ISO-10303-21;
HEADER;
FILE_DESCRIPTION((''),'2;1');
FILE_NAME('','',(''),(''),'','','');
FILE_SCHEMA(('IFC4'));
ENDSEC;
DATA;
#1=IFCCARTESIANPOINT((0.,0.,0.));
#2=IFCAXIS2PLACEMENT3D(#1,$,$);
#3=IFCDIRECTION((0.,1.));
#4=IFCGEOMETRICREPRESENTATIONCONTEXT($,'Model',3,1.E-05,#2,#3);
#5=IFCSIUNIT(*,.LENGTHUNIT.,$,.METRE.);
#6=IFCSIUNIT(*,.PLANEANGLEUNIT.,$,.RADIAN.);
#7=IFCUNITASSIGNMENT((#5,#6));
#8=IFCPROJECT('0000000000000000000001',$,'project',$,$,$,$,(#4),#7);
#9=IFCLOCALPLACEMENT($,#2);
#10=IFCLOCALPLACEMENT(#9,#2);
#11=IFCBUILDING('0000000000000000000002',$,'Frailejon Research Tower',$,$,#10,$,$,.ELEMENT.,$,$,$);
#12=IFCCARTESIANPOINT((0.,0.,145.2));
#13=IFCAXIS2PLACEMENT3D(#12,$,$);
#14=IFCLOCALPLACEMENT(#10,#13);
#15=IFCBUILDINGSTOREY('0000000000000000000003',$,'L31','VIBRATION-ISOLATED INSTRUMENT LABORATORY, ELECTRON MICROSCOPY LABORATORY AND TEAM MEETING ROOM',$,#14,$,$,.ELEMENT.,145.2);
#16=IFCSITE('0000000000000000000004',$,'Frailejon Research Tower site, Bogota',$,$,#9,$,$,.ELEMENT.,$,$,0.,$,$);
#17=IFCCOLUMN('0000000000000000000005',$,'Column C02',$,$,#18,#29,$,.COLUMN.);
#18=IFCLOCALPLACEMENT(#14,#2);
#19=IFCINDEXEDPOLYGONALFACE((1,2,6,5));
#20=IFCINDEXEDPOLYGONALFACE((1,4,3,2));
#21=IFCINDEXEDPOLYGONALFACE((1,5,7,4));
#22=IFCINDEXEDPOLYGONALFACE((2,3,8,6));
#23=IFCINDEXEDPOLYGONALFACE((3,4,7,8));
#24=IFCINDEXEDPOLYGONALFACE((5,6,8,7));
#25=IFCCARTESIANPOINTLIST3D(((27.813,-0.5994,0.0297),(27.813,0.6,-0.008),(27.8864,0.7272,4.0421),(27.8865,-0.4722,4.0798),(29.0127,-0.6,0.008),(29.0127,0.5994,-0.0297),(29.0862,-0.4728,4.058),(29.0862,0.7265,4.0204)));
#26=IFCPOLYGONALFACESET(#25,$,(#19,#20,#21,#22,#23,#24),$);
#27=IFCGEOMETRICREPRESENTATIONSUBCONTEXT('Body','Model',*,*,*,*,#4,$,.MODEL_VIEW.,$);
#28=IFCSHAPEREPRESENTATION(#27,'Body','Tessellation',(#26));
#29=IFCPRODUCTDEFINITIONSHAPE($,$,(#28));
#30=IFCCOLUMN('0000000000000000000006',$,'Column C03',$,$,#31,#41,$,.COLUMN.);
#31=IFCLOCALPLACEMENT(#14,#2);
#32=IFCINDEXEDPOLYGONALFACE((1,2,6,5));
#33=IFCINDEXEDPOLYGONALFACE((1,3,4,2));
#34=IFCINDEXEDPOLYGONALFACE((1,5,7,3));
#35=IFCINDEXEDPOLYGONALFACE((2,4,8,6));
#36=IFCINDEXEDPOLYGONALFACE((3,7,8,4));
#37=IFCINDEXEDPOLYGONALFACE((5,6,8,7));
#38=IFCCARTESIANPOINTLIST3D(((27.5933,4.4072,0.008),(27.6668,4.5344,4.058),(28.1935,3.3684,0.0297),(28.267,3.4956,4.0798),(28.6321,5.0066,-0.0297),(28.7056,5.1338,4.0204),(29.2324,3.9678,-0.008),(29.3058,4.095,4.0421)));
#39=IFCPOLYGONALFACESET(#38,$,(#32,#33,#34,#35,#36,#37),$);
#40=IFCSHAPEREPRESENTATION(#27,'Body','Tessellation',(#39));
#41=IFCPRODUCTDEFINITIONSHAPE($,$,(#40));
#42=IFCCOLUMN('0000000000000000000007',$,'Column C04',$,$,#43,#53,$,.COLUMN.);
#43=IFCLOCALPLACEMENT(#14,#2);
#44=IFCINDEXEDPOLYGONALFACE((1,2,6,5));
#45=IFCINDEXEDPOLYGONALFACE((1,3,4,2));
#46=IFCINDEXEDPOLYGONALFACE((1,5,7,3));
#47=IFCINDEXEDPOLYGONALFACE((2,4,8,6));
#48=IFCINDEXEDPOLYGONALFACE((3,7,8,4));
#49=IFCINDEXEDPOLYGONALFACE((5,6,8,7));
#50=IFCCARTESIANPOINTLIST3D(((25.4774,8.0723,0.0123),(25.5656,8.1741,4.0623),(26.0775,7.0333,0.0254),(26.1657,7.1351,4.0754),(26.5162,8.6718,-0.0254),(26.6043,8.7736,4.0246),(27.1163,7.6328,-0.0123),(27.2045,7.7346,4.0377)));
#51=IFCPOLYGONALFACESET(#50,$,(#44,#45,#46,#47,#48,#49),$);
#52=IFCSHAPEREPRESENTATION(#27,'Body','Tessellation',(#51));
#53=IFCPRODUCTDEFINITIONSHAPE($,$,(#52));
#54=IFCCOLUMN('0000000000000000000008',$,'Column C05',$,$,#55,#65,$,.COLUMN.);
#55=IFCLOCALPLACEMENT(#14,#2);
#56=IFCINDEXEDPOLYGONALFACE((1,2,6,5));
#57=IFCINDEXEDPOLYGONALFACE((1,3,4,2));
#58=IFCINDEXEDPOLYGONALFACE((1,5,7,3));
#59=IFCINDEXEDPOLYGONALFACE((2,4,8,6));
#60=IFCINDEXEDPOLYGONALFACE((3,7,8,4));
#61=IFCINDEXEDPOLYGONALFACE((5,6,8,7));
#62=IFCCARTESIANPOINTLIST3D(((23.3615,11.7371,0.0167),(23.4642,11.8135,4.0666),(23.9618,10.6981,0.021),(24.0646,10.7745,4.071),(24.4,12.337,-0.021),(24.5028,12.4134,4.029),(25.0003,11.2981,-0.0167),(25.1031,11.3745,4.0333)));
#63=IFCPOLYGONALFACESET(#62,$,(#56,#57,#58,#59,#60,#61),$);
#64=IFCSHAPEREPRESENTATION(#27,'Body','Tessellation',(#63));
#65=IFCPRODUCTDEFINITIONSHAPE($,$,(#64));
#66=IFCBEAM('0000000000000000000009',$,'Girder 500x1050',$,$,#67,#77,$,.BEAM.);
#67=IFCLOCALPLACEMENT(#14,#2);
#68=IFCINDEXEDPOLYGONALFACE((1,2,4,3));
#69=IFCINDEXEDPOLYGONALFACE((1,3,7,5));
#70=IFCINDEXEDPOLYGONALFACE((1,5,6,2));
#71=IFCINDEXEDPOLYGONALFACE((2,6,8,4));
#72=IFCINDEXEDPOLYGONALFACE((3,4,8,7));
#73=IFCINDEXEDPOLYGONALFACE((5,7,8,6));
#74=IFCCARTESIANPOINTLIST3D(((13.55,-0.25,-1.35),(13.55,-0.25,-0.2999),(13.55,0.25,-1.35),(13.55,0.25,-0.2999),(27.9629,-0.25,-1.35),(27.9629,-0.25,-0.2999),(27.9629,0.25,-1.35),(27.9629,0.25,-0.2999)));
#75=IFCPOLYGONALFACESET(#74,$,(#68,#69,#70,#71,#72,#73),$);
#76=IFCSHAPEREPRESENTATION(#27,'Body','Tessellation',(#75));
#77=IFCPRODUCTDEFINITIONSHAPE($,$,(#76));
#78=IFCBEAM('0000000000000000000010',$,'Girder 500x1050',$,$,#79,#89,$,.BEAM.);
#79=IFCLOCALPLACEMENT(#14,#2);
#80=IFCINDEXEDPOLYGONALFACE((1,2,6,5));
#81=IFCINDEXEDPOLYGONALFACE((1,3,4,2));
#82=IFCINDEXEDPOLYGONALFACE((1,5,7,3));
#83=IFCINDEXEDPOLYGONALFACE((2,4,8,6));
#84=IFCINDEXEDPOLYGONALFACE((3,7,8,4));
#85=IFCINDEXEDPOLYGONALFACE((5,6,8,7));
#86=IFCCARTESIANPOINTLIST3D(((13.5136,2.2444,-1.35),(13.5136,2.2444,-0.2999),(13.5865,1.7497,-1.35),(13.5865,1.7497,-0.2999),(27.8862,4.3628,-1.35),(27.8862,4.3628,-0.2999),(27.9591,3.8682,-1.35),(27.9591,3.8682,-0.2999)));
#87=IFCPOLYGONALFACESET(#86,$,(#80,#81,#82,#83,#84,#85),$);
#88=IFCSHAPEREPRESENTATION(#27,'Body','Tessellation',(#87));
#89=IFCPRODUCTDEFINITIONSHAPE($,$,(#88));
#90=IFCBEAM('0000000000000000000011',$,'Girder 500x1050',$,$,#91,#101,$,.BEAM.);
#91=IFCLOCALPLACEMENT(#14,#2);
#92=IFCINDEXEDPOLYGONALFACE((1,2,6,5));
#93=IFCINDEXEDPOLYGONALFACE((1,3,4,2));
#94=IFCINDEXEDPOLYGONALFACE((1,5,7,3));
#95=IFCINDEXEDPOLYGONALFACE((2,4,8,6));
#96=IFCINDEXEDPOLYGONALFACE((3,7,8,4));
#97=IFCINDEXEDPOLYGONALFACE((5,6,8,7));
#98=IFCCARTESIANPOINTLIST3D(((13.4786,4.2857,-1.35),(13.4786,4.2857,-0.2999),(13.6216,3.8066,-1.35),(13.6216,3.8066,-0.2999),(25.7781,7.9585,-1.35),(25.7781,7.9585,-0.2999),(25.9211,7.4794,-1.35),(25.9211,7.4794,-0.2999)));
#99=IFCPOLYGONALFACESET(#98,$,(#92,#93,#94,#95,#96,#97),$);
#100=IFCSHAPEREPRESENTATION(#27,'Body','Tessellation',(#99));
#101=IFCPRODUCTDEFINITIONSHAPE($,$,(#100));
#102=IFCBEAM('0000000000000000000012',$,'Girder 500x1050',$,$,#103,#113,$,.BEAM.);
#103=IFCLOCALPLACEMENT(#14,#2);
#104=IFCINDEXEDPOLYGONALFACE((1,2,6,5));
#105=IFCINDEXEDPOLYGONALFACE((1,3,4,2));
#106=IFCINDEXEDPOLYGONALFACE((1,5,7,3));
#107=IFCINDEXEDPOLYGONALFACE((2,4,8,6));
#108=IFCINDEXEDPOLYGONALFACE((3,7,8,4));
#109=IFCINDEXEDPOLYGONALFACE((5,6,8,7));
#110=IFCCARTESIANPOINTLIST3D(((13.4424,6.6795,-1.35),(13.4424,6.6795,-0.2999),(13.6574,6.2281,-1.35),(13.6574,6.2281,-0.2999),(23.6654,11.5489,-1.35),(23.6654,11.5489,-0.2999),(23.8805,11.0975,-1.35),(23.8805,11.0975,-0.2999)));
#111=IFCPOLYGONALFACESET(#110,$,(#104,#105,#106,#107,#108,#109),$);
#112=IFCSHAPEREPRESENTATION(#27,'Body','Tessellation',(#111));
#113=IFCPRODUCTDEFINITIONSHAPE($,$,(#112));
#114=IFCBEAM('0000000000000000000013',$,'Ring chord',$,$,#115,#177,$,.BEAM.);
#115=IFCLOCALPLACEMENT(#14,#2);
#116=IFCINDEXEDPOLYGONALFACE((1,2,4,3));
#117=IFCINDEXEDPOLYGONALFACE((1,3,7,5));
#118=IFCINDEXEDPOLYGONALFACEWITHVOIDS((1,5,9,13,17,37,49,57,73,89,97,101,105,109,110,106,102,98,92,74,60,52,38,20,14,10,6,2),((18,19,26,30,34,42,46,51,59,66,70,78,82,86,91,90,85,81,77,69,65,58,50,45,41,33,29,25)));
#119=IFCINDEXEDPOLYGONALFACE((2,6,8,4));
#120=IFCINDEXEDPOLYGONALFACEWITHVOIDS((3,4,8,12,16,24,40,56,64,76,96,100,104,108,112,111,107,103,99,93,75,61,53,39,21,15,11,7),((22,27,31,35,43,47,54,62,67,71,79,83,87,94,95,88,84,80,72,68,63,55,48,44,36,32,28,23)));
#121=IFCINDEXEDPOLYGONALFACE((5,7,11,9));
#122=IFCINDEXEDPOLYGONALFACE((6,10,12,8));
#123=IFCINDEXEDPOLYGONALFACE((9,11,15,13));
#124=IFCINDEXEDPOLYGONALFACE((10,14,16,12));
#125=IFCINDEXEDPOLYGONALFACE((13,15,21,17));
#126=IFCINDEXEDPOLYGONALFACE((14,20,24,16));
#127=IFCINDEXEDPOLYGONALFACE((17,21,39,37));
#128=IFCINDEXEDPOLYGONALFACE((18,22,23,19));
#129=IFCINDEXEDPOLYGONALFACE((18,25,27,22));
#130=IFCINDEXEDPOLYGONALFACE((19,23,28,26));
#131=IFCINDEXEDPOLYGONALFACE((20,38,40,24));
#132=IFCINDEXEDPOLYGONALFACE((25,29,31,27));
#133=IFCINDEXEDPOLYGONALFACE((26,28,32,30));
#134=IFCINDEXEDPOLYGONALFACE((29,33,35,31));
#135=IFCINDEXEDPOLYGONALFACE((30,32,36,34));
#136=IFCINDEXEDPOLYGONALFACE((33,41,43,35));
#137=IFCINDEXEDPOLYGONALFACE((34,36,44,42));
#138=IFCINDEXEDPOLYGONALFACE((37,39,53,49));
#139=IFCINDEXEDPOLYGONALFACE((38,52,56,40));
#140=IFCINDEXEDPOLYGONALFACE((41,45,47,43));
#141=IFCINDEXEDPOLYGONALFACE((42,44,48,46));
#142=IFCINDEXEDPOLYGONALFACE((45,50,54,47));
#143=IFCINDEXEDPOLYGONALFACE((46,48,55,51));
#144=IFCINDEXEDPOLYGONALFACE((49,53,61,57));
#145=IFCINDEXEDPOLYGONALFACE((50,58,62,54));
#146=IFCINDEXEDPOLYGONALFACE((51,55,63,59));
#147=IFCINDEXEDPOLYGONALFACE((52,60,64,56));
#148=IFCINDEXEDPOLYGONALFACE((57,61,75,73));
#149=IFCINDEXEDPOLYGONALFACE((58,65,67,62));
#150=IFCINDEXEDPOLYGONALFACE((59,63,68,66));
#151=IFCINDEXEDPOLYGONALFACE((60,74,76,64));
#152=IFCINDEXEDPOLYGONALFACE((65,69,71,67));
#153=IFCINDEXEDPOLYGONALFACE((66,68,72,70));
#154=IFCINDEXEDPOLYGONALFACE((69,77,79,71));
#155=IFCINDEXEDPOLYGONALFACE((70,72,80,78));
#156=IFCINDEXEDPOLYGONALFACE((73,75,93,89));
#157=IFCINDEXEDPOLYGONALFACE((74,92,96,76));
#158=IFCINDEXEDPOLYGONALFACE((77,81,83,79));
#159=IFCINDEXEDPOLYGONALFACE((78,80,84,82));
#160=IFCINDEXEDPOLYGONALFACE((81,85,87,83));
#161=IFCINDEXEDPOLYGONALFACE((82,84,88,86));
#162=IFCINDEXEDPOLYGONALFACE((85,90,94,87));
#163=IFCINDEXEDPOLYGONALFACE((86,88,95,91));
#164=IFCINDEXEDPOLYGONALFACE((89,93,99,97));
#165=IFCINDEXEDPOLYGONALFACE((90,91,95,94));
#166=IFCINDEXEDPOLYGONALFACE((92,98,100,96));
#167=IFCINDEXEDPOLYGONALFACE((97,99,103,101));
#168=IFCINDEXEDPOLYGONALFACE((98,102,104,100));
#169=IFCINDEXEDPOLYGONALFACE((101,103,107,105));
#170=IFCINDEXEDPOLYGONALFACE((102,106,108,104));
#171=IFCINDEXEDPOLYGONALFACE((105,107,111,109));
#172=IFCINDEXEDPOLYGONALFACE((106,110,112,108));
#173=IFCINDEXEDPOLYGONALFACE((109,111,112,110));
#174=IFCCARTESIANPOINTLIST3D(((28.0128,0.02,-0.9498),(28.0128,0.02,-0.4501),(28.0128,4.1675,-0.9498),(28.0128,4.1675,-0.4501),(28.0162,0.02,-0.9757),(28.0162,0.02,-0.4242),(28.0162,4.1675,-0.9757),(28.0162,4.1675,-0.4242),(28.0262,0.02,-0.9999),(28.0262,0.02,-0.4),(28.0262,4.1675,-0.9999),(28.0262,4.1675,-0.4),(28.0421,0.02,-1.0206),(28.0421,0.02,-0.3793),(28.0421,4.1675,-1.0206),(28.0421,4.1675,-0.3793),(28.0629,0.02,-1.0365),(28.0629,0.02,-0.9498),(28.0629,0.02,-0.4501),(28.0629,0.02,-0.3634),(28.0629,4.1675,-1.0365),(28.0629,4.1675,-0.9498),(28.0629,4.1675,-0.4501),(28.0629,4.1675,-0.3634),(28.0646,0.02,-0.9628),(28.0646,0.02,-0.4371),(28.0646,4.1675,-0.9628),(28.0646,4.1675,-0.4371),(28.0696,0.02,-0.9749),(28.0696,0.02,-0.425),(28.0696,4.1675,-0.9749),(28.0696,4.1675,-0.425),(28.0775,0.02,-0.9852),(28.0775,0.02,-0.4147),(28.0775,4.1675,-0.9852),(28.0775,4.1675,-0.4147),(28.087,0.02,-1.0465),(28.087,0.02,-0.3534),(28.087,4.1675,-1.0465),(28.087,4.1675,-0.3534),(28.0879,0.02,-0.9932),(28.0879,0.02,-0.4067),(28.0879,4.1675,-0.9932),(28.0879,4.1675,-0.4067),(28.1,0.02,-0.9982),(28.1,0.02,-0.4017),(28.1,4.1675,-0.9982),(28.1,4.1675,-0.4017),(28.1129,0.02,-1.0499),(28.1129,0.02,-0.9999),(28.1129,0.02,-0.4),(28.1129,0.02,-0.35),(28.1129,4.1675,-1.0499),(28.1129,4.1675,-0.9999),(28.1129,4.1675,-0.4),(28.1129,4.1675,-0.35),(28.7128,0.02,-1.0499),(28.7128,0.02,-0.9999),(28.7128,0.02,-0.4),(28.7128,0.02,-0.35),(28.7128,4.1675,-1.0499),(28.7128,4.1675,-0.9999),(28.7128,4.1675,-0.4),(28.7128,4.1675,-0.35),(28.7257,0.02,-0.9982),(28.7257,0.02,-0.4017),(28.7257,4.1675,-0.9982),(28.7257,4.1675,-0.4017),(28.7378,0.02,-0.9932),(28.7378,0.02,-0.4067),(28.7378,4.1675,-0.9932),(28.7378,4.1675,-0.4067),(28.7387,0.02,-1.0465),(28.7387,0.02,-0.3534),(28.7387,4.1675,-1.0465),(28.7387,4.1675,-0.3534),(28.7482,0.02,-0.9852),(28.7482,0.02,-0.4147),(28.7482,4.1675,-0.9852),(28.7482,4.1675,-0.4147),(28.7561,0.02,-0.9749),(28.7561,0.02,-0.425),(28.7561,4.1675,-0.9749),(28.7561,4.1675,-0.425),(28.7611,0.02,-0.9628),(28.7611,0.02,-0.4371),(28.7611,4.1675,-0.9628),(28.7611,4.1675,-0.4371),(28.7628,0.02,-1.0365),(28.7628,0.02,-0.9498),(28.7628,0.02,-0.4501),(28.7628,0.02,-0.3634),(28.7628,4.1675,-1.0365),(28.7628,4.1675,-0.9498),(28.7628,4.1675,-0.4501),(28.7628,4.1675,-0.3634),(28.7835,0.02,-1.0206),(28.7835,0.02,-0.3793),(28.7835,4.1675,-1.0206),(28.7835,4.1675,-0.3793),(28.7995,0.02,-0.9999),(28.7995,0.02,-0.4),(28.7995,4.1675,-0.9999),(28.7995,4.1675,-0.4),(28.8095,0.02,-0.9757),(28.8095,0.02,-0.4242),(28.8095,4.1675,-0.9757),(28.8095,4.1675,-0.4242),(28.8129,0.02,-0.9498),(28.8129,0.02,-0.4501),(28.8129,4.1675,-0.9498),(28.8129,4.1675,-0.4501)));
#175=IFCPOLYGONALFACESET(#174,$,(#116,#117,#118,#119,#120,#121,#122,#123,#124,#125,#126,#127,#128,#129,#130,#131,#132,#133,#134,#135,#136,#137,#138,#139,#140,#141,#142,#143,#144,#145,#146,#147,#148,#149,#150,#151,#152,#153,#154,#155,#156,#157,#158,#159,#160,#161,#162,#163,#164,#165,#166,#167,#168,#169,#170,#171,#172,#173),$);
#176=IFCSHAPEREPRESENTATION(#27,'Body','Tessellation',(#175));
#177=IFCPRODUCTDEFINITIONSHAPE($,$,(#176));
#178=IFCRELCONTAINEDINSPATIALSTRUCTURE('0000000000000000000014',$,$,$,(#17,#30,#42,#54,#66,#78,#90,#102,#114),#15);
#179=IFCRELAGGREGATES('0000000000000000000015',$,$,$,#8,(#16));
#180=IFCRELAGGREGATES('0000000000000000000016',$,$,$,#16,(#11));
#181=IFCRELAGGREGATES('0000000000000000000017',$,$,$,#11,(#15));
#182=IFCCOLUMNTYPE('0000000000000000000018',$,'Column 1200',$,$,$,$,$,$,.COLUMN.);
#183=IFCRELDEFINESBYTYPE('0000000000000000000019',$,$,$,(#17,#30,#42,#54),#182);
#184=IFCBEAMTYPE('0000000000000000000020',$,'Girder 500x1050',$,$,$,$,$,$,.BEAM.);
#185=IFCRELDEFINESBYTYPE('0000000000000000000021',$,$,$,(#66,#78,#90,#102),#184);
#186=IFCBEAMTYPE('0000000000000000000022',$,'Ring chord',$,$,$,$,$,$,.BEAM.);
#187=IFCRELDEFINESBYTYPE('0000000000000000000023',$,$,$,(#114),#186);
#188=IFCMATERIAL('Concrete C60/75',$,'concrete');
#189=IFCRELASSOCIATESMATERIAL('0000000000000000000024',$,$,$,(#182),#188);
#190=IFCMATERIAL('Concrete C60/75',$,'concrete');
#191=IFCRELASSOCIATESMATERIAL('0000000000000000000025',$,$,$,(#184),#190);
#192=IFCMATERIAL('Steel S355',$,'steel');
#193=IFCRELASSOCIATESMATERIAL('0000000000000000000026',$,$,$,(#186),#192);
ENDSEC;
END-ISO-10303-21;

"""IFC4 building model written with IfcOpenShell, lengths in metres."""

from ifc_helpers import new_model, si_unit, direction, frame, origin, origin_2d, place, context, subcontext, project, spatial, rectangle, hollow_rectangle, extrude, material, material_profile, profile_set, type_object, element, save


model = new_model("IFC4")

# Units and contexts
model_context = context("Model", 3, precision=1e-05, world=origin(), true_north=direction((0.0, 1.0)))
body_context = subcontext(model_context, "Body", "Model", "MODEL_VIEW")
ifc_project = project(units=[si_unit("LENGTHUNIT", "METRE"), si_unit("PLANEANGLEUNIT", "RADIAN")], contexts=[model_context])

# Site, building, storey
site_placement = place(None, origin())
site = spatial("IfcSite", under=ifc_project, at=site_placement, Name="Frailejon Research Tower site, Bogota", CompositionType="ELEMENT", RefElevation=0.0)
building_placement = place(site_placement, origin())
building = spatial("IfcBuilding", under=site, at=building_placement, Name="Frailejon Research Tower", CompositionType="ELEMENT")
storey_placement = place(building_placement, frame((0.0, 0.0, 145.2)))
storey = spatial("IfcBuildingStorey", under=building, at=storey_placement, Name="L31", Description="VIBRATION-ISOLATED INSTRUMENT LABORATORY, ELECTRON MICROSCOPY LABORATORY AND TEAM MEETING ROOM", CompositionType="ELEMENT", Elevation=145.2)

# Columns
ifc_material_1 = material(Name="Concrete C60/75", Category="concrete")
ifc_material_profile_1 = material_profile(ifc_material_1, rectangle(XDim=1.2, YDim=1.2, at=origin_2d()), Name="Column 1200")
ifc_profile_set_1 = profile_set([ifc_material_profile_1], Name="Concrete C60/75")
column_type = type_object("IfcColumnType", Name="Column 1200", PredefinedType="COLUMN", material=ifc_profile_set_1)
for number, where, z_axis, x_axis, name in (
    (1, (28.4128, 0.0, 0.0), (0.018133, 0.031386, 0.999343), (-0.000022, 0.999507, -0.03139), "Column C02"),
    (2, (28.4128, 4.1875, 0.0), (0.018133, 0.031386, 0.999343), (-0.500209, 0.865715, -0.018113), "Column C03"),
):
    element("IfcColumn", number, at=place(storey_placement, frame(where, z_axis=z_axis, x_axis=x_axis)), inside=storey, type_object=column_type, Name=name, PredefinedType="COLUMN", context=body_context, shape_type="SweptSolid", body=[
        extrude(rectangle(XDim=1.2, YDim=1.2, at=origin_2d()), origin(), (0.0, 0.0, 1.0), 4.0527),
    ])
column_1_placement = place(storey_placement, frame((26.2969, 7.8525, 0.0), z_axis=(0.021749, 0.025123, 0.999448), x_axis=(-0.500116, 0.86589, -0.010883)))
element("IfcColumn", 3, at=column_1_placement, inside=storey, type_object=column_type, Name="Column C04", PredefinedType="COLUMN", context=body_context, shape_type="SweptSolid", body=[
    extrude(rectangle(XDim=1.2, YDim=1.2, at=origin_2d()), origin(), (0.0, 0.0, 1.0), 4.0522),
])
column_2_placement = place(storey_placement, frame((24.1809, 11.5176, 0.0), z_axis=(0.025366, 0.018858, 0.9995), x_axis=(-0.500322, 0.865832, -0.003639)))
element("IfcColumn", 4, at=column_2_placement, inside=storey, type_object=column_type, Name="Column C05", PredefinedType="COLUMN", context=body_context, shape_type="SweptSolid", body=[
    extrude(rectangle(XDim=1.2, YDim=1.2, at=origin_2d()), origin(), (0.0, 0.0, 1.0), 4.052),
])

# Beams
ifc_material_2 = material(Name="Concrete C60/75", Category="concrete")
ifc_material_profile_2 = material_profile(ifc_material_2, rectangle(XDim=0.5, YDim=1.05, at=origin_2d()), Name="Girder 500x1050")
ifc_profile_set_2 = profile_set([ifc_material_profile_2], Name="Concrete C60/75")
beam_type_1 = type_object("IfcBeamType", Name="Girder 500x1050", PredefinedType="BEAM", material=ifc_profile_set_2)
beam_1_placement = place(storey_placement, frame((27.9629, 0.0, -0.825), z_axis=(-1.0, 0.0, 0.0), x_axis=(0.0, -1.0, 0.0)))
element("IfcBeam", 5, at=beam_1_placement, inside=storey, type_object=beam_type_1, Name="Girder 500x1050", PredefinedType="BEAM", context=body_context, shape_type="SweptSolid", body=[
    extrude(rectangle(XDim=0.5, YDim=1.05, at=origin_2d()), origin(), (0.0, 0.0, 1.0), 14.4128),
])
beam_2_placement = place(storey_placement, frame((27.9226, 4.1155, -0.825), z_axis=(-0.989312, -0.145817, 0.0), x_axis=(0.145817, -0.989312, 0.0)))
element("IfcBeam", 6, at=beam_2_placement, inside=storey, type_object=beam_type_1, Name="Girder 500x1050", PredefinedType="BEAM", context=body_context, shape_type="SweptSolid", body=[
    extrude(rectangle(XDim=0.5, YDim=1.05, at=origin_2d()), origin(), (0.0, 0.0, 1.0), 14.5278),
])
beam_3_placement = place(storey_placement, frame((25.8496, 7.719, -0.825), z_axis=(-0.95819, -0.286131, 0.0), x_axis=(0.286131, -0.95819, 0.0)))
element("IfcBeam", 7, at=beam_3_placement, inside=storey, type_object=beam_type_1, Name="Girder 500x1050", PredefinedType="BEAM", context=body_context, shape_type="SweptSolid", body=[
    extrude(rectangle(XDim=0.5, YDim=1.05, at=origin_2d()), origin(), (0.0, 0.0, 1.0), 12.8362),
])
beam_4_placement = place(storey_placement, frame((23.7729, 11.3232, -0.825), z_axis=(-0.902815, -0.43003, 0.0), x_axis=(0.43003, -0.902815, 0.0)))
element("IfcBeam", 8, at=beam_4_placement, inside=storey, type_object=beam_type_1, Name="Girder 500x1050", PredefinedType="BEAM", context=body_context, shape_type="SweptSolid", body=[
    extrude(rectangle(XDim=0.5, YDim=1.05, at=origin_2d()), origin(), (0.0, 0.0, 1.0), 11.3235),
])
ifc_material_3 = material(Name="Steel S355", Category="steel")
ifc_material_profile_3 = material_profile(ifc_material_3, hollow_rectangle(XDim=0.8, YDim=0.7, WallThickness=0.05, InnerFilletRadius=0.05, OuterFilletRadius=0.1001, at=origin_2d()), Name="Ring chord")
ifc_profile_set_3 = profile_set([ifc_material_profile_3], Name="Steel S355")
beam_type_2 = type_object("IfcBeamType", Name="Ring chord", PredefinedType="BEAM", material=ifc_profile_set_3)
beam_5_placement = place(storey_placement, frame((28.4128, 0.02, -0.7), z_axis=(0.0, 1.0, 0.0), x_axis=(-1.0, 0.0, 0.0)))
element("IfcBeam", 9, at=beam_5_placement, inside=storey, type_object=beam_type_2, Name="Ring chord", PredefinedType="BEAM", context=body_context, shape_type="SweptSolid", body=[
    extrude(hollow_rectangle(XDim=0.8, YDim=0.7, WallThickness=0.05, InnerFilletRadius=0.05, OuterFilletRadius=0.1001, at=origin_2d()), origin(), (0.0, 0.0, 1.0), 4.1475),
])

save(model, "model.ifc")
